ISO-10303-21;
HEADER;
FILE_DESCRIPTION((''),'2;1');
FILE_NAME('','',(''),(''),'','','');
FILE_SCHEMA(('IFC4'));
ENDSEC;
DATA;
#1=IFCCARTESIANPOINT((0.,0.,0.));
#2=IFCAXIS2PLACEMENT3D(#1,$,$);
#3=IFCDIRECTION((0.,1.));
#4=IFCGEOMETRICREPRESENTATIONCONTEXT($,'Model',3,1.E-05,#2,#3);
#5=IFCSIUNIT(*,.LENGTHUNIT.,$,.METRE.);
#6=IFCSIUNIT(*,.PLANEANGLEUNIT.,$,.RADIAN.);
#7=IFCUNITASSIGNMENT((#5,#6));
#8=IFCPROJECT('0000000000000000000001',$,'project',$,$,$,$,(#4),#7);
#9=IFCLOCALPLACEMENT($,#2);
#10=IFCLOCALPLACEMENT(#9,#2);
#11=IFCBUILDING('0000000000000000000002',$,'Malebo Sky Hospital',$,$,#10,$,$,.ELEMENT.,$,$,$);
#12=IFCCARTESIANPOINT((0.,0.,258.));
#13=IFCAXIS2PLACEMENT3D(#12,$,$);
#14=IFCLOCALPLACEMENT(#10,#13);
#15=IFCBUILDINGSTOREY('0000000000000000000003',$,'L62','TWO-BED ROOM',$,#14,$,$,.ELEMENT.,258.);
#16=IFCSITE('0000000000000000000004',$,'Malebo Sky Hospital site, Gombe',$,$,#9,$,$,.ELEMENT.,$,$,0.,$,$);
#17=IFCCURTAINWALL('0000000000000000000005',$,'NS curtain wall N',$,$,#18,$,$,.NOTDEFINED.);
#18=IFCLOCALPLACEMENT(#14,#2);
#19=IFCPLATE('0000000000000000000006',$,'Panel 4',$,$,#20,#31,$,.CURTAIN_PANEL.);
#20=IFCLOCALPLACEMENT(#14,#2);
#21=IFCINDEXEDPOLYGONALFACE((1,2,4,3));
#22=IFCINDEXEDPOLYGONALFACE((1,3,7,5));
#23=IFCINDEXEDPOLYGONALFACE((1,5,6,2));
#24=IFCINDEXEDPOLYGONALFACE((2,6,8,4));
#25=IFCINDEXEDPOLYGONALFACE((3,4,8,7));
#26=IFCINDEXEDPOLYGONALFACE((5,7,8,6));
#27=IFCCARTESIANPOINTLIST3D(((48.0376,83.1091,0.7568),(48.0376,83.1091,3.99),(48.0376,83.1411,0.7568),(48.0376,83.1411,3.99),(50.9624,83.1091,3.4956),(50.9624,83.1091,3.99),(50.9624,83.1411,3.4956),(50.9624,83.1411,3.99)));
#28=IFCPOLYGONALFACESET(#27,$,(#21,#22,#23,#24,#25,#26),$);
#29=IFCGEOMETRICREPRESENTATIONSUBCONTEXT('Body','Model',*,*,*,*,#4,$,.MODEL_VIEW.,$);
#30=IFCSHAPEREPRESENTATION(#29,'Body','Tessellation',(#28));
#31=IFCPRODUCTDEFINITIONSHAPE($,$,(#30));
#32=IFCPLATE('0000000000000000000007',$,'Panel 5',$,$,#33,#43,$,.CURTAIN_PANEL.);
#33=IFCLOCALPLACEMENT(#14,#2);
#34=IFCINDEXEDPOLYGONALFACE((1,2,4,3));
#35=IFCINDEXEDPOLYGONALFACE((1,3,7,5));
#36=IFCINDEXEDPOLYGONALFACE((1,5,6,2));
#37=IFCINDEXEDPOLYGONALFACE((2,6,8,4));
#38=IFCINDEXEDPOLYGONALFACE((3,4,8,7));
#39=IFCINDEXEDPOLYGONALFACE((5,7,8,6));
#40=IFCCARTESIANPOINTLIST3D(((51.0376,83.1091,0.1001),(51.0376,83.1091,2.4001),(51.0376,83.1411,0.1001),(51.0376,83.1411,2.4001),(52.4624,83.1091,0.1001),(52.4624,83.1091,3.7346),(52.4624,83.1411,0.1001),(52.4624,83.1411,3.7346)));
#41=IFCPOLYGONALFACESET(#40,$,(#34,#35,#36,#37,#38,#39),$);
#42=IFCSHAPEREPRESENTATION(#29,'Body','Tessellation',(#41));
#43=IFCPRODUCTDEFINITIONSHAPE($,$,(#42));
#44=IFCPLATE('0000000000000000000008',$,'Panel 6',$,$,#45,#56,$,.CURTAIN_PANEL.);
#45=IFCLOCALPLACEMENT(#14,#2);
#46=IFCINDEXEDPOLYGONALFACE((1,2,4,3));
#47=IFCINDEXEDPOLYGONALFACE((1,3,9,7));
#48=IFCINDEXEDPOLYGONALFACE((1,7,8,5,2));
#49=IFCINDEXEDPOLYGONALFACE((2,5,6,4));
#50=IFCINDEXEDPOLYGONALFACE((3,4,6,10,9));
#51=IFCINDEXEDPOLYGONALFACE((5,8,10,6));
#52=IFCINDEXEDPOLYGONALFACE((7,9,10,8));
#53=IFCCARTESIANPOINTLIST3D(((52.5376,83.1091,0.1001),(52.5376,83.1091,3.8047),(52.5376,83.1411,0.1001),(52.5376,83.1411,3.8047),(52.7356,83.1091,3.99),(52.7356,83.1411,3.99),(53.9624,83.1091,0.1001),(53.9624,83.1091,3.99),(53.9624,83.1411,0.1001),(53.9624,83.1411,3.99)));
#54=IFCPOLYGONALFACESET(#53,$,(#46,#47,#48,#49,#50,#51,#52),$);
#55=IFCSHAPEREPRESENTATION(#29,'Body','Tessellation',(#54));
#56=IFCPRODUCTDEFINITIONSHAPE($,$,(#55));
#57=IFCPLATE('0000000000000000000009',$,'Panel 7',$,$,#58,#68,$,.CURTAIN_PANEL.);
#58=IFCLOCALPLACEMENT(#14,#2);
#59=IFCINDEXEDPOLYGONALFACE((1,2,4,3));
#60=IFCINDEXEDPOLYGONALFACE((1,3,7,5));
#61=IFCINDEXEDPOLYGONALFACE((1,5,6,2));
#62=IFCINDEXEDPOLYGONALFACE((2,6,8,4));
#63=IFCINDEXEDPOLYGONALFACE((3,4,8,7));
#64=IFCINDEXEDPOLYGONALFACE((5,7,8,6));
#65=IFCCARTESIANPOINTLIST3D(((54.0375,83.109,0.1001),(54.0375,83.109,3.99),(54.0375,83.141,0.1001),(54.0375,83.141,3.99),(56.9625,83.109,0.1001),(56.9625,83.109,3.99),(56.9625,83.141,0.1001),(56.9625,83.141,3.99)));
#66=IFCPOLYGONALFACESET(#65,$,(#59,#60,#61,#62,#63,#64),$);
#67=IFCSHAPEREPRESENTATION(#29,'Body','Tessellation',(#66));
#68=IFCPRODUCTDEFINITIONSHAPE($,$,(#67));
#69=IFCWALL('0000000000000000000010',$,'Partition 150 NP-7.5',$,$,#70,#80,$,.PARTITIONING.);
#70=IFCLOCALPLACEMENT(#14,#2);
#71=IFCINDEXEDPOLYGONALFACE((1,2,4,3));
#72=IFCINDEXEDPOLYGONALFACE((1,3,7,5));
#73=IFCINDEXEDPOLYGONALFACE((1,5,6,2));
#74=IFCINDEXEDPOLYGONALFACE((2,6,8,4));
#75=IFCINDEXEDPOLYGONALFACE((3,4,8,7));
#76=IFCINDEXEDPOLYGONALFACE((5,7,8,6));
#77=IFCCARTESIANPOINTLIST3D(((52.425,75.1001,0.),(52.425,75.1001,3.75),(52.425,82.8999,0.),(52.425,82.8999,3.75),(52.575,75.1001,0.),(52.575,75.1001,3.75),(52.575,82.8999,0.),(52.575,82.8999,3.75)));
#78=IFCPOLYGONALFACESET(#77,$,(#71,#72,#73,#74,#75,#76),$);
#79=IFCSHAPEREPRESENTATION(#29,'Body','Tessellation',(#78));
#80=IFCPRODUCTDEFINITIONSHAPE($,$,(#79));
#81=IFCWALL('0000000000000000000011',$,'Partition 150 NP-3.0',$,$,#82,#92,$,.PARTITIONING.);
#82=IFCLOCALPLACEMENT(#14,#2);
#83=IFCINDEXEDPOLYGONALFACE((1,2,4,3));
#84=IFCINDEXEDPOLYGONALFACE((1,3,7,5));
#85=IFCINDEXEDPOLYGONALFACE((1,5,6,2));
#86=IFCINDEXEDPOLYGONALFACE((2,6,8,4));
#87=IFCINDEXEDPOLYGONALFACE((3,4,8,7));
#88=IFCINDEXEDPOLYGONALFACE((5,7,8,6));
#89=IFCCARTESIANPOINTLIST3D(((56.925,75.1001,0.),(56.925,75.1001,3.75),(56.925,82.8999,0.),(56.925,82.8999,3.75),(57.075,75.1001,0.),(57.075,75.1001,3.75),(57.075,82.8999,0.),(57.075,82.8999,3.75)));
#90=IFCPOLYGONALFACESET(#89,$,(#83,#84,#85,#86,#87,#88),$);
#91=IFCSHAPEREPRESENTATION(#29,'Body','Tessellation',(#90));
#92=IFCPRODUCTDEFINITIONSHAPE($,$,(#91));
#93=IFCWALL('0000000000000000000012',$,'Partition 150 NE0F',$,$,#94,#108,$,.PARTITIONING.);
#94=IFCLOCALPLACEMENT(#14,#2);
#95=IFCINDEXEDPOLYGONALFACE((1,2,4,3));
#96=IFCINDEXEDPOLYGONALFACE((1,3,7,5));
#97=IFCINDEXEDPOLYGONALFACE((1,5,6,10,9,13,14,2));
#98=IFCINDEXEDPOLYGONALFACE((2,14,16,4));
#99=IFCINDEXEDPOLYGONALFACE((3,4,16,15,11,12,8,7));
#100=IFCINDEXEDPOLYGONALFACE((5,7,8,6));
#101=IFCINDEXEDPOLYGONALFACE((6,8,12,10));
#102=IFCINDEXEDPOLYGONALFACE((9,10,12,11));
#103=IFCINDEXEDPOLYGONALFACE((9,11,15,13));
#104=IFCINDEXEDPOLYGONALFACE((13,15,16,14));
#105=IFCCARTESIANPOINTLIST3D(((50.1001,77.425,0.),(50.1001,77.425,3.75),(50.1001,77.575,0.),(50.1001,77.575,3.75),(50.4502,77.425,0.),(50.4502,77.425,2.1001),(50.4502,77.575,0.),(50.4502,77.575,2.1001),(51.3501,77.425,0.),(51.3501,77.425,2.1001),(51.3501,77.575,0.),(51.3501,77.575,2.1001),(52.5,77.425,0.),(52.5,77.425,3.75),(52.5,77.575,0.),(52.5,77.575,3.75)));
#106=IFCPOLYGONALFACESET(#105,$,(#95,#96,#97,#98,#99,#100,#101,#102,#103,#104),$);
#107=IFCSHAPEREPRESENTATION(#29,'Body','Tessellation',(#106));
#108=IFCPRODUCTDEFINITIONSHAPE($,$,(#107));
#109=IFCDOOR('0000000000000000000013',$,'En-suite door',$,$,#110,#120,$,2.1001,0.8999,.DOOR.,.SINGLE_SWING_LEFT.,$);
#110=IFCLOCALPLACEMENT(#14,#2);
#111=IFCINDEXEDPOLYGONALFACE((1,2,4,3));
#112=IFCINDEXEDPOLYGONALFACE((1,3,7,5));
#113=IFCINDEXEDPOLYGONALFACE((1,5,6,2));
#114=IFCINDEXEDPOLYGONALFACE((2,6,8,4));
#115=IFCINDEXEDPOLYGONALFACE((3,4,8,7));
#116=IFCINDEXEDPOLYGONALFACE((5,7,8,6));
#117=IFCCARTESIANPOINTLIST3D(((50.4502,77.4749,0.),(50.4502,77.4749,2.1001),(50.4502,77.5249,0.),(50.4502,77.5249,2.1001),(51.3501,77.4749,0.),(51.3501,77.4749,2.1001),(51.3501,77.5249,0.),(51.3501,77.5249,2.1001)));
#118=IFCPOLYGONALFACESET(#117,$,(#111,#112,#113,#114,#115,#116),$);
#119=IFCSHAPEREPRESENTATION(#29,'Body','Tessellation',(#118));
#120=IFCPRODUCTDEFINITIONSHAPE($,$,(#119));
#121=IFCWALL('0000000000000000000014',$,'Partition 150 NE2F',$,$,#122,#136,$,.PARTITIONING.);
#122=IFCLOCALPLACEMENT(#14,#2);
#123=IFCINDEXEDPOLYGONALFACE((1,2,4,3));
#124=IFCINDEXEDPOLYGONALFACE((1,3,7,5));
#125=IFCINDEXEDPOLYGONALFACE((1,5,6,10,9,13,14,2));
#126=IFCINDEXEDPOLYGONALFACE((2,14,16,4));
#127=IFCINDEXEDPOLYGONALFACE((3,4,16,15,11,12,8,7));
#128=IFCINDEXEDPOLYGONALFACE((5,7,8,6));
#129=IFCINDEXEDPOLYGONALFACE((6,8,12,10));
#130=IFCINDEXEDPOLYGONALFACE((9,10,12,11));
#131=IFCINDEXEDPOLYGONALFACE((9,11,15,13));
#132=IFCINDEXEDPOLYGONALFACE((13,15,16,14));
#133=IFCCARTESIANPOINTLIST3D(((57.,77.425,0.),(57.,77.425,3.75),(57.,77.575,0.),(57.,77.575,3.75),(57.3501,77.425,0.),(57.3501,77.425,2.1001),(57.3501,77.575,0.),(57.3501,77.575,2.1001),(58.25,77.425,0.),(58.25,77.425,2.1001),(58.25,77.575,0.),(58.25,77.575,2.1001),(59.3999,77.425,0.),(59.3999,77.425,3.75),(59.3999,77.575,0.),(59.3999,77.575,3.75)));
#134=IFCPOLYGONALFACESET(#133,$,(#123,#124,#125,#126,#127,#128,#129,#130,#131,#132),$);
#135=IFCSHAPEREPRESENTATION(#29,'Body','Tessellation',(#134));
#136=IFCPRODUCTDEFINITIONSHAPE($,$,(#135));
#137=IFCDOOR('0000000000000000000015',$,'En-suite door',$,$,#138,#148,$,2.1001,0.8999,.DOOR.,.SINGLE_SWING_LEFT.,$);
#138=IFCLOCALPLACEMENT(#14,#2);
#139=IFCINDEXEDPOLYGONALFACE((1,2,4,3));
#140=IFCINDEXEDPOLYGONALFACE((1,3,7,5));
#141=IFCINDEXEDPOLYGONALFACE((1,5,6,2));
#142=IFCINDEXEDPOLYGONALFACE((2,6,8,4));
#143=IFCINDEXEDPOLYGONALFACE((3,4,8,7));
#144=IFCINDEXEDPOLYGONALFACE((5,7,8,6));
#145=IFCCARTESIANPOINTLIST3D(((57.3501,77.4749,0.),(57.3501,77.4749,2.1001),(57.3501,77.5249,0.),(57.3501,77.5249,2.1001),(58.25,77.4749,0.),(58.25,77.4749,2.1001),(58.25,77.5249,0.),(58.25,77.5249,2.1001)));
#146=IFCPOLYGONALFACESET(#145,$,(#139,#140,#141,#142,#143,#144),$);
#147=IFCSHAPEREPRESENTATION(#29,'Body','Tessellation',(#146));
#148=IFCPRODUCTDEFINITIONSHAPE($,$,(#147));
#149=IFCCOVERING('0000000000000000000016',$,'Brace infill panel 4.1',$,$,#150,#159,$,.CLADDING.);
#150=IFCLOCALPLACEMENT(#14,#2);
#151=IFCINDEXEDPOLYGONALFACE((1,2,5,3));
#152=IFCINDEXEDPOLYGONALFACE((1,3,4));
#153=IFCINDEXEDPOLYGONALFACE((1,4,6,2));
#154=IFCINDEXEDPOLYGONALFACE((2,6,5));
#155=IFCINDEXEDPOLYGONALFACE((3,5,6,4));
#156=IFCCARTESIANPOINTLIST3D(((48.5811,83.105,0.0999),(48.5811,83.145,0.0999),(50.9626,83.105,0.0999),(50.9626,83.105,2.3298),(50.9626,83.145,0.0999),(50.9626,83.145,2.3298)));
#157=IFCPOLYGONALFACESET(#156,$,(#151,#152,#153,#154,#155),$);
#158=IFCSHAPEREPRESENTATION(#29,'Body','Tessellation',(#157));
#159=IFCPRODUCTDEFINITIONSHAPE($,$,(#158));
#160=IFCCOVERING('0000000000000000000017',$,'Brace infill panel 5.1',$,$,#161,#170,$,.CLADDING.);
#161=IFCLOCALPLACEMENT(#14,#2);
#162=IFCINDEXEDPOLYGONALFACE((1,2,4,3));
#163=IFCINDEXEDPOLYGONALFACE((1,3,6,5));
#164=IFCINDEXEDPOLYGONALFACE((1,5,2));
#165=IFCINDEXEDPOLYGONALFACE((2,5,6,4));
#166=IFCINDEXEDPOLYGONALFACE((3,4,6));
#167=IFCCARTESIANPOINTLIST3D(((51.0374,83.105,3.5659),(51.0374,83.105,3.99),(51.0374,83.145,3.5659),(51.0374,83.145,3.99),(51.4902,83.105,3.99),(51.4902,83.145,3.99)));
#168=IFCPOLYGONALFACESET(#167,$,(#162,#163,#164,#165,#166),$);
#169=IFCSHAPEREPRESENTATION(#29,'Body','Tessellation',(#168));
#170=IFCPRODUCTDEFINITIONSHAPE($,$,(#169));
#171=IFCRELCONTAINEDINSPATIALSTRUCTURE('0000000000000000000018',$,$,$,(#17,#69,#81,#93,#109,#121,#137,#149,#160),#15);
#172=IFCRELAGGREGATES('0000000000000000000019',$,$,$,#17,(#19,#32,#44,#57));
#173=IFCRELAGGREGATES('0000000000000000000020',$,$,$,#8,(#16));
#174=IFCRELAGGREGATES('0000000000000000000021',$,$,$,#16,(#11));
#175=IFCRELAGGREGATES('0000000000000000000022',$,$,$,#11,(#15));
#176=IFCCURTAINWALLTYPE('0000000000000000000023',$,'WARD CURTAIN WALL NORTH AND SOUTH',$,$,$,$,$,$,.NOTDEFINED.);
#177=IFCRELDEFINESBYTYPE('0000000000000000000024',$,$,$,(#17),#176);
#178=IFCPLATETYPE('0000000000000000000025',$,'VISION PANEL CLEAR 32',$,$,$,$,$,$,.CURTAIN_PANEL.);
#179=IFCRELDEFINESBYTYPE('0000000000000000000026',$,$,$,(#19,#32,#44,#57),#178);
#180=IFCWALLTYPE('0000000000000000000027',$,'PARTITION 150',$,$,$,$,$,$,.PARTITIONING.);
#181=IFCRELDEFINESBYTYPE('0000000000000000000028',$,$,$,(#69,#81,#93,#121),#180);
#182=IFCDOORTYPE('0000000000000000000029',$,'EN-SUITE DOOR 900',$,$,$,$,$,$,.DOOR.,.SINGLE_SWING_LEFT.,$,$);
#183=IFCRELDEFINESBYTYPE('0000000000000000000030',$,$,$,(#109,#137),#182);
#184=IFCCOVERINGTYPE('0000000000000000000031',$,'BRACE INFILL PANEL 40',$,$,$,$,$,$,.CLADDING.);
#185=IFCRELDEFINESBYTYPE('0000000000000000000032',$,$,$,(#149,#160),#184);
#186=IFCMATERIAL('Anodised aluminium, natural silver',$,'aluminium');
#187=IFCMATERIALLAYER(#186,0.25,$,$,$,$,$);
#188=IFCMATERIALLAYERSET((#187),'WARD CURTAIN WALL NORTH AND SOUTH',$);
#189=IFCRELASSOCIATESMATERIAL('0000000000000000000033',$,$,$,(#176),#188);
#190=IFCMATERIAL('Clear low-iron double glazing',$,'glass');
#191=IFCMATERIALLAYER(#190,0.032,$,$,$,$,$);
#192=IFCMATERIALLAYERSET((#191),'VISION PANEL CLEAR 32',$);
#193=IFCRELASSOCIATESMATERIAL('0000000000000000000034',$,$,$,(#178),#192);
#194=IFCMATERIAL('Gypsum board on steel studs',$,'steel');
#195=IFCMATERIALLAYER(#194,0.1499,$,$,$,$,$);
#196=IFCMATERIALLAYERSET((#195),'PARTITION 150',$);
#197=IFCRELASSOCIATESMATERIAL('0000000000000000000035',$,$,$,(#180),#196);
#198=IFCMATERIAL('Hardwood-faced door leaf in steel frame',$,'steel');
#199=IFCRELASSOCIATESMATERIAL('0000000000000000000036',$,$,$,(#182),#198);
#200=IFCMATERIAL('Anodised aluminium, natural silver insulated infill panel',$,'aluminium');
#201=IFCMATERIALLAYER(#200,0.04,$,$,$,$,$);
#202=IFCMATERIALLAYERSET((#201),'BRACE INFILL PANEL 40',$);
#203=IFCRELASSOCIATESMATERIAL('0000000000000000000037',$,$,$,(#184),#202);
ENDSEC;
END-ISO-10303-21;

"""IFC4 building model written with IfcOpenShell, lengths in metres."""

from ifc_helpers import new_model, si_unit, direction, frame, frame_2d, origin, origin_2d, place, context, subcontext, project, spatial, polyline, rectangle, outline, extrude, material, layer, layer_set, type_object, element, fill, aggregate, save


model = new_model("IFC4")

# Units and contexts
model_context = context("Model", 3, precision=1e-05, world=origin(), true_north=direction((0.0, 1.0)))
body_context = subcontext(model_context, "Body", "Model", "MODEL_VIEW")
ifc_project = project(units=[si_unit("LENGTHUNIT", "METRE"), si_unit("PLANEANGLEUNIT", "RADIAN")], contexts=[model_context])

# Site, building, storey
site_placement = place(None, origin())
site = spatial("IfcSite", under=ifc_project, at=site_placement, Name="Malebo Sky Hospital site, Gombe", CompositionType="ELEMENT", RefElevation=0.0)
building_placement = place(site_placement, origin())
building = spatial("IfcBuilding", under=site, at=building_placement, Name="Malebo Sky Hospital", CompositionType="ELEMENT")
storey_placement = place(building_placement, frame((0.0, 0.0, 258.0)))
storey = spatial("IfcBuildingStorey", under=building, at=storey_placement, Name="L62", Description="TWO-BED ROOM", CompositionType="ELEMENT", Elevation=258.0)

# Curtain wall
ifc_material_1 = material(Name="Anodised aluminium, natural silver", Category="aluminium")
ifc_layer_1 = layer(ifc_material_1, 0.25)
ifc_layer_set_1 = layer_set([ifc_layer_1], Name="WARD CURTAIN WALL NORTH AND SOUTH")
curtain_wall_type = type_object("IfcCurtainWallType", Name="WARD CURTAIN WALL NORTH AND SOUTH", PredefinedType="NOTDEFINED", material=ifc_layer_set_1)
curtain_wall_placement = place(storey_placement, origin())
curtain_wall = element("IfcCurtainWall", 1, at=curtain_wall_placement, inside=storey, type_object=curtain_wall_type, Name="NS curtain wall N", PredefinedType="NOTDEFINED")

# Plates
ifc_material_2 = material(Name="Clear low-iron double glazing", Category="glass")
ifc_layer_2 = layer(ifc_material_2, 0.032)
ifc_layer_set_2 = layer_set([ifc_layer_2], Name="VISION PANEL CLEAR 32")
plate_type = type_object("IfcPlateType", Name="VISION PANEL CLEAR 32", PredefinedType="CURTAIN_PANEL", material=ifc_layer_set_2)
plate_1_placement = place(storey_placement, frame((49.5, 83.125, 0.7568), z_axis=(0.0, 0.0, 1.0), x_axis=(1.0, 0.0, 0.0)))
plate_1 = element("IfcPlate", 2, at=plate_1_placement, type_object=plate_type, Name="Panel 4", PredefinedType="CURTAIN_PANEL", context=body_context, shape_type="SweptSolid", body=[
    extrude(outline(polyline([(-1.4624, 0.0), (1.4624, 2.7388), (1.4624, 3.2332), (-1.4624, 3.2332), (-1.4624, 0.0)])), frame((0.0, 0.0161, 0.0), z_axis=(0.0, -1.0, 0.0), x_axis=(1.0, 0.0, 0.0)), (0.0, 0.0, 1.0), 0.032),
])
plate_2_placement = place(storey_placement, frame((51.75, 83.125, 0.1001), z_axis=(0.0, 0.0, 1.0), x_axis=(1.0, 0.0, 0.0)))
plate_2 = element("IfcPlate", 3, at=plate_2_placement, type_object=plate_type, Name="Panel 5", PredefinedType="CURTAIN_PANEL", context=body_context, shape_type="SweptSolid", body=[
    extrude(outline(polyline([(-0.7124, 0.0), (0.7124, 0.0), (0.7124, 3.6345), (-0.7124, 2.3), (-0.7124, 0.0)])), frame((0.0, 0.0161, 0.0), z_axis=(0.0, -1.0, 0.0), x_axis=(1.0, 0.0, 0.0)), (0.0, 0.0, 1.0), 0.032),
])
plate_3_placement = place(storey_placement, frame((53.25, 83.125, 0.1001), z_axis=(0.0, 0.0, 1.0), x_axis=(1.0, 0.0, 0.0)))
plate_3 = element("IfcPlate", 4, at=plate_3_placement, type_object=plate_type, Name="Panel 6", PredefinedType="CURTAIN_PANEL", context=body_context, shape_type="SweptSolid", body=[
    extrude(outline(polyline([(-0.7124, 0.0), (0.7124, 0.0), (0.7124, 3.8899), (-0.5144, 3.8899), (-0.7124, 3.7046), (-0.7124, 0.0)])), frame((0.0, 0.0161, 0.0), z_axis=(0.0, -1.0, 0.0), x_axis=(1.0, 0.0, 0.0)), (0.0, 0.0, 1.0), 0.032),
])
plate_4_placement = place(storey_placement, frame((55.5, 83.125, 0.1001), z_axis=(0.0, 0.0, 1.0), x_axis=(1.0, 0.0, 0.0)))
plate_4 = element("IfcPlate", 5, at=plate_4_placement, type_object=plate_type, Name="Panel 7", PredefinedType="CURTAIN_PANEL", context=body_context, shape_type="SweptSolid", body=[
    extrude(rectangle(XDim=2.925, YDim=0.032, at=origin_2d()), origin(), (0.0, 0.0, 1.0), 3.8899),
])
aggregate(curtain_wall, [plate_1, plate_2, plate_3, plate_4])

# Walls
ifc_material_3 = material(Name="Gypsum board on steel studs", Category="steel")
ifc_layer_3 = layer(ifc_material_3, 0.1499)
ifc_layer_set_3 = layer_set([ifc_layer_3], Name="PARTITION 150")
wall_type = type_object("IfcWallType", Name="PARTITION 150", PredefinedType="PARTITIONING", material=ifc_layer_set_3)
for number, where, z_axis, x_axis, name in (
    (6, (52.5, 75.1001, 0.0), (0.0, 0.0, 1.0), (0.0, 1.0, 0.0), "Partition 150 NP-7.5"),
    (7, (57.0, 75.1001, 0.0), (0.0, 0.0, 1.0), (0.0, 1.0, 0.0), "Partition 150 NP-3.0"),
):
    element("IfcWall", number, at=place(storey_placement, frame(where, z_axis=z_axis, x_axis=x_axis)), inside=storey, type_object=wall_type, Name=name, PredefinedType="PARTITIONING", context=body_context, shape_type="SweptSolid", body=[
        extrude(rectangle(XDim=7.7998, YDim=0.1499, at=frame_2d((3.8999, 0.0))), origin(), (0.0, 0.0, 1.0), 3.75),
    ])

# Walls, openings, doors
wall_1_placement = place(storey_placement, frame((50.1001, 77.5, 0.0), z_axis=(0.0, 0.0, 1.0), x_axis=(1.0, 0.0, 0.0)))
wall_1 = element("IfcWall", 8, at=wall_1_placement, inside=storey, type_object=wall_type, Name="Partition 150 NE0F", PredefinedType="PARTITIONING", context=body_context, shape_type="SweptSolid", body=[
    extrude(rectangle(XDim=2.3999, YDim=0.1499, at=frame_2d((1.2, 0.0))), origin(), (0.0, 0.0, 1.0), 3.75),
])
opening_1_placement = place(wall_1_placement, frame((0.3501, 0.0, 0.0)))
opening_1 = element("IfcOpeningElement", 9, at=opening_1_placement, cuts=wall_1, PredefinedType="OPENING", context=body_context, shape_type="SweptSolid", body=[
    extrude(rectangle(XDim=0.8999, YDim=2.1001, at=frame_2d((0.45, 1.05))), frame((0.0, 0.085, 0.0), z_axis=(0.0, -1.0, 0.0), x_axis=(1.0, 0.0, 0.0)), (0.0, 0.0, 1.0), 0.1699),
])
ifc_material_4 = material(Name="Hardwood-faced door leaf in steel frame", Category="steel")
door_type = type_object("IfcDoorType", Name="EN-SUITE DOOR 900", OperationType="SINGLE_SWING_LEFT", PredefinedType="DOOR", material=ifc_material_4)
door_1_placement = place(opening_1_placement, origin())
door_1 = element("IfcDoor", 10, at=door_1_placement, inside=storey, type_object=door_type, Name="En-suite door", OperationType="SINGLE_SWING_LEFT", OverallHeight=2.1001, OverallWidth=0.8999, PredefinedType="DOOR", context=body_context, shape_type="SweptSolid", body=[
    extrude(rectangle(XDim=0.8999, YDim=2.1001, at=frame_2d((0.45, 1.05))), frame((0.0, 0.0249, 0.0), z_axis=(0.0, -1.0, 0.0), x_axis=(1.0, 0.0, 0.0)), (0.0, 0.0, 1.0), 0.05),
])
fill(opening_1, door_1)
wall_2_placement = place(storey_placement, frame((57.0, 77.5, 0.0), z_axis=(0.0, 0.0, 1.0), x_axis=(1.0, 0.0, 0.0)))
wall_2 = element("IfcWall", 11, at=wall_2_placement, inside=storey, type_object=wall_type, Name="Partition 150 NE2F", PredefinedType="PARTITIONING", context=body_context, shape_type="SweptSolid", body=[
    extrude(rectangle(XDim=2.3999, YDim=0.1499, at=frame_2d((1.2, 0.0))), origin(), (0.0, 0.0, 1.0), 3.75),
])
opening_2_placement = place(wall_2_placement, frame((0.3501, 0.0, 0.0)))
opening_2 = element("IfcOpeningElement", 12, at=opening_2_placement, cuts=wall_2, PredefinedType="OPENING", context=body_context, shape_type="SweptSolid", body=[
    extrude(rectangle(XDim=0.8999, YDim=2.1001, at=frame_2d((0.45, 1.05))), frame((0.0, 0.085, 0.0), z_axis=(0.0, -1.0, 0.0), x_axis=(1.0, 0.0, 0.0)), (0.0, 0.0, 1.0), 0.1699),
])
door_2_placement = place(opening_2_placement, origin())
door_2 = element("IfcDoor", 13, at=door_2_placement, inside=storey, type_object=door_type, Name="En-suite door", OperationType="SINGLE_SWING_LEFT", OverallHeight=2.1001, OverallWidth=0.8999, PredefinedType="DOOR", context=body_context, shape_type="SweptSolid", body=[
    extrude(rectangle(XDim=0.8999, YDim=2.1001, at=frame_2d((0.45, 1.05))), frame((0.0, 0.0249, 0.0), z_axis=(0.0, -1.0, 0.0), x_axis=(1.0, 0.0, 0.0)), (0.0, 0.0, 1.0), 0.05),
])
fill(opening_2, door_2)

# Coverings
ifc_material_5 = material(Name="Anodised aluminium, natural silver insulated infill panel", Category="aluminium")
ifc_layer_4 = layer(ifc_material_5, 0.04)
ifc_layer_set_4 = layer_set([ifc_layer_4], Name="BRACE INFILL PANEL 40")
covering_type = type_object("IfcCoveringType", Name="BRACE INFILL PANEL 40", PredefinedType="CLADDING", material=ifc_layer_set_4)
covering_1_placement = place(storey_placement, frame((49.7717, 83.125, 0.0999), z_axis=(0.0, 0.0, 1.0), x_axis=(1.0, 0.0, 0.0)))
element("IfcCovering", 14, at=covering_1_placement, inside=storey, type_object=covering_type, Name="Brace infill panel 4.1", PredefinedType="CLADDING", context=body_context, shape_type="SweptSolid", body=[
    extrude(outline(polyline([(-1.1907, 0.0), (1.1909, 0.0), (1.1909, 2.23), (-1.1907, 0.0)])), frame((0.0, 0.02, 0.0), z_axis=(0.0, -1.0, 0.0), x_axis=(1.0, 0.0, 0.0)), (0.0, 0.0, 1.0), 0.04),
])
covering_2_placement = place(storey_placement, frame((51.2639, 83.125, 3.5659), z_axis=(0.0, 0.0, 1.0), x_axis=(1.0, 0.0, 0.0)))
element("IfcCovering", 15, at=covering_2_placement, inside=storey, type_object=covering_type, Name="Brace infill panel 5.1", PredefinedType="CLADDING", context=body_context, shape_type="SweptSolid", body=[
    extrude(outline(polyline([(-0.2266, 0.0), (0.2263, 0.4241), (-0.2266, 0.4241), (-0.2266, 0.0)])), frame((0.0, 0.02, 0.0), z_axis=(0.0, -1.0, 0.0), x_axis=(1.0, 0.0, 0.0)), (0.0, 0.0, 1.0), 0.04),
])

save(model, "model.ifc")
